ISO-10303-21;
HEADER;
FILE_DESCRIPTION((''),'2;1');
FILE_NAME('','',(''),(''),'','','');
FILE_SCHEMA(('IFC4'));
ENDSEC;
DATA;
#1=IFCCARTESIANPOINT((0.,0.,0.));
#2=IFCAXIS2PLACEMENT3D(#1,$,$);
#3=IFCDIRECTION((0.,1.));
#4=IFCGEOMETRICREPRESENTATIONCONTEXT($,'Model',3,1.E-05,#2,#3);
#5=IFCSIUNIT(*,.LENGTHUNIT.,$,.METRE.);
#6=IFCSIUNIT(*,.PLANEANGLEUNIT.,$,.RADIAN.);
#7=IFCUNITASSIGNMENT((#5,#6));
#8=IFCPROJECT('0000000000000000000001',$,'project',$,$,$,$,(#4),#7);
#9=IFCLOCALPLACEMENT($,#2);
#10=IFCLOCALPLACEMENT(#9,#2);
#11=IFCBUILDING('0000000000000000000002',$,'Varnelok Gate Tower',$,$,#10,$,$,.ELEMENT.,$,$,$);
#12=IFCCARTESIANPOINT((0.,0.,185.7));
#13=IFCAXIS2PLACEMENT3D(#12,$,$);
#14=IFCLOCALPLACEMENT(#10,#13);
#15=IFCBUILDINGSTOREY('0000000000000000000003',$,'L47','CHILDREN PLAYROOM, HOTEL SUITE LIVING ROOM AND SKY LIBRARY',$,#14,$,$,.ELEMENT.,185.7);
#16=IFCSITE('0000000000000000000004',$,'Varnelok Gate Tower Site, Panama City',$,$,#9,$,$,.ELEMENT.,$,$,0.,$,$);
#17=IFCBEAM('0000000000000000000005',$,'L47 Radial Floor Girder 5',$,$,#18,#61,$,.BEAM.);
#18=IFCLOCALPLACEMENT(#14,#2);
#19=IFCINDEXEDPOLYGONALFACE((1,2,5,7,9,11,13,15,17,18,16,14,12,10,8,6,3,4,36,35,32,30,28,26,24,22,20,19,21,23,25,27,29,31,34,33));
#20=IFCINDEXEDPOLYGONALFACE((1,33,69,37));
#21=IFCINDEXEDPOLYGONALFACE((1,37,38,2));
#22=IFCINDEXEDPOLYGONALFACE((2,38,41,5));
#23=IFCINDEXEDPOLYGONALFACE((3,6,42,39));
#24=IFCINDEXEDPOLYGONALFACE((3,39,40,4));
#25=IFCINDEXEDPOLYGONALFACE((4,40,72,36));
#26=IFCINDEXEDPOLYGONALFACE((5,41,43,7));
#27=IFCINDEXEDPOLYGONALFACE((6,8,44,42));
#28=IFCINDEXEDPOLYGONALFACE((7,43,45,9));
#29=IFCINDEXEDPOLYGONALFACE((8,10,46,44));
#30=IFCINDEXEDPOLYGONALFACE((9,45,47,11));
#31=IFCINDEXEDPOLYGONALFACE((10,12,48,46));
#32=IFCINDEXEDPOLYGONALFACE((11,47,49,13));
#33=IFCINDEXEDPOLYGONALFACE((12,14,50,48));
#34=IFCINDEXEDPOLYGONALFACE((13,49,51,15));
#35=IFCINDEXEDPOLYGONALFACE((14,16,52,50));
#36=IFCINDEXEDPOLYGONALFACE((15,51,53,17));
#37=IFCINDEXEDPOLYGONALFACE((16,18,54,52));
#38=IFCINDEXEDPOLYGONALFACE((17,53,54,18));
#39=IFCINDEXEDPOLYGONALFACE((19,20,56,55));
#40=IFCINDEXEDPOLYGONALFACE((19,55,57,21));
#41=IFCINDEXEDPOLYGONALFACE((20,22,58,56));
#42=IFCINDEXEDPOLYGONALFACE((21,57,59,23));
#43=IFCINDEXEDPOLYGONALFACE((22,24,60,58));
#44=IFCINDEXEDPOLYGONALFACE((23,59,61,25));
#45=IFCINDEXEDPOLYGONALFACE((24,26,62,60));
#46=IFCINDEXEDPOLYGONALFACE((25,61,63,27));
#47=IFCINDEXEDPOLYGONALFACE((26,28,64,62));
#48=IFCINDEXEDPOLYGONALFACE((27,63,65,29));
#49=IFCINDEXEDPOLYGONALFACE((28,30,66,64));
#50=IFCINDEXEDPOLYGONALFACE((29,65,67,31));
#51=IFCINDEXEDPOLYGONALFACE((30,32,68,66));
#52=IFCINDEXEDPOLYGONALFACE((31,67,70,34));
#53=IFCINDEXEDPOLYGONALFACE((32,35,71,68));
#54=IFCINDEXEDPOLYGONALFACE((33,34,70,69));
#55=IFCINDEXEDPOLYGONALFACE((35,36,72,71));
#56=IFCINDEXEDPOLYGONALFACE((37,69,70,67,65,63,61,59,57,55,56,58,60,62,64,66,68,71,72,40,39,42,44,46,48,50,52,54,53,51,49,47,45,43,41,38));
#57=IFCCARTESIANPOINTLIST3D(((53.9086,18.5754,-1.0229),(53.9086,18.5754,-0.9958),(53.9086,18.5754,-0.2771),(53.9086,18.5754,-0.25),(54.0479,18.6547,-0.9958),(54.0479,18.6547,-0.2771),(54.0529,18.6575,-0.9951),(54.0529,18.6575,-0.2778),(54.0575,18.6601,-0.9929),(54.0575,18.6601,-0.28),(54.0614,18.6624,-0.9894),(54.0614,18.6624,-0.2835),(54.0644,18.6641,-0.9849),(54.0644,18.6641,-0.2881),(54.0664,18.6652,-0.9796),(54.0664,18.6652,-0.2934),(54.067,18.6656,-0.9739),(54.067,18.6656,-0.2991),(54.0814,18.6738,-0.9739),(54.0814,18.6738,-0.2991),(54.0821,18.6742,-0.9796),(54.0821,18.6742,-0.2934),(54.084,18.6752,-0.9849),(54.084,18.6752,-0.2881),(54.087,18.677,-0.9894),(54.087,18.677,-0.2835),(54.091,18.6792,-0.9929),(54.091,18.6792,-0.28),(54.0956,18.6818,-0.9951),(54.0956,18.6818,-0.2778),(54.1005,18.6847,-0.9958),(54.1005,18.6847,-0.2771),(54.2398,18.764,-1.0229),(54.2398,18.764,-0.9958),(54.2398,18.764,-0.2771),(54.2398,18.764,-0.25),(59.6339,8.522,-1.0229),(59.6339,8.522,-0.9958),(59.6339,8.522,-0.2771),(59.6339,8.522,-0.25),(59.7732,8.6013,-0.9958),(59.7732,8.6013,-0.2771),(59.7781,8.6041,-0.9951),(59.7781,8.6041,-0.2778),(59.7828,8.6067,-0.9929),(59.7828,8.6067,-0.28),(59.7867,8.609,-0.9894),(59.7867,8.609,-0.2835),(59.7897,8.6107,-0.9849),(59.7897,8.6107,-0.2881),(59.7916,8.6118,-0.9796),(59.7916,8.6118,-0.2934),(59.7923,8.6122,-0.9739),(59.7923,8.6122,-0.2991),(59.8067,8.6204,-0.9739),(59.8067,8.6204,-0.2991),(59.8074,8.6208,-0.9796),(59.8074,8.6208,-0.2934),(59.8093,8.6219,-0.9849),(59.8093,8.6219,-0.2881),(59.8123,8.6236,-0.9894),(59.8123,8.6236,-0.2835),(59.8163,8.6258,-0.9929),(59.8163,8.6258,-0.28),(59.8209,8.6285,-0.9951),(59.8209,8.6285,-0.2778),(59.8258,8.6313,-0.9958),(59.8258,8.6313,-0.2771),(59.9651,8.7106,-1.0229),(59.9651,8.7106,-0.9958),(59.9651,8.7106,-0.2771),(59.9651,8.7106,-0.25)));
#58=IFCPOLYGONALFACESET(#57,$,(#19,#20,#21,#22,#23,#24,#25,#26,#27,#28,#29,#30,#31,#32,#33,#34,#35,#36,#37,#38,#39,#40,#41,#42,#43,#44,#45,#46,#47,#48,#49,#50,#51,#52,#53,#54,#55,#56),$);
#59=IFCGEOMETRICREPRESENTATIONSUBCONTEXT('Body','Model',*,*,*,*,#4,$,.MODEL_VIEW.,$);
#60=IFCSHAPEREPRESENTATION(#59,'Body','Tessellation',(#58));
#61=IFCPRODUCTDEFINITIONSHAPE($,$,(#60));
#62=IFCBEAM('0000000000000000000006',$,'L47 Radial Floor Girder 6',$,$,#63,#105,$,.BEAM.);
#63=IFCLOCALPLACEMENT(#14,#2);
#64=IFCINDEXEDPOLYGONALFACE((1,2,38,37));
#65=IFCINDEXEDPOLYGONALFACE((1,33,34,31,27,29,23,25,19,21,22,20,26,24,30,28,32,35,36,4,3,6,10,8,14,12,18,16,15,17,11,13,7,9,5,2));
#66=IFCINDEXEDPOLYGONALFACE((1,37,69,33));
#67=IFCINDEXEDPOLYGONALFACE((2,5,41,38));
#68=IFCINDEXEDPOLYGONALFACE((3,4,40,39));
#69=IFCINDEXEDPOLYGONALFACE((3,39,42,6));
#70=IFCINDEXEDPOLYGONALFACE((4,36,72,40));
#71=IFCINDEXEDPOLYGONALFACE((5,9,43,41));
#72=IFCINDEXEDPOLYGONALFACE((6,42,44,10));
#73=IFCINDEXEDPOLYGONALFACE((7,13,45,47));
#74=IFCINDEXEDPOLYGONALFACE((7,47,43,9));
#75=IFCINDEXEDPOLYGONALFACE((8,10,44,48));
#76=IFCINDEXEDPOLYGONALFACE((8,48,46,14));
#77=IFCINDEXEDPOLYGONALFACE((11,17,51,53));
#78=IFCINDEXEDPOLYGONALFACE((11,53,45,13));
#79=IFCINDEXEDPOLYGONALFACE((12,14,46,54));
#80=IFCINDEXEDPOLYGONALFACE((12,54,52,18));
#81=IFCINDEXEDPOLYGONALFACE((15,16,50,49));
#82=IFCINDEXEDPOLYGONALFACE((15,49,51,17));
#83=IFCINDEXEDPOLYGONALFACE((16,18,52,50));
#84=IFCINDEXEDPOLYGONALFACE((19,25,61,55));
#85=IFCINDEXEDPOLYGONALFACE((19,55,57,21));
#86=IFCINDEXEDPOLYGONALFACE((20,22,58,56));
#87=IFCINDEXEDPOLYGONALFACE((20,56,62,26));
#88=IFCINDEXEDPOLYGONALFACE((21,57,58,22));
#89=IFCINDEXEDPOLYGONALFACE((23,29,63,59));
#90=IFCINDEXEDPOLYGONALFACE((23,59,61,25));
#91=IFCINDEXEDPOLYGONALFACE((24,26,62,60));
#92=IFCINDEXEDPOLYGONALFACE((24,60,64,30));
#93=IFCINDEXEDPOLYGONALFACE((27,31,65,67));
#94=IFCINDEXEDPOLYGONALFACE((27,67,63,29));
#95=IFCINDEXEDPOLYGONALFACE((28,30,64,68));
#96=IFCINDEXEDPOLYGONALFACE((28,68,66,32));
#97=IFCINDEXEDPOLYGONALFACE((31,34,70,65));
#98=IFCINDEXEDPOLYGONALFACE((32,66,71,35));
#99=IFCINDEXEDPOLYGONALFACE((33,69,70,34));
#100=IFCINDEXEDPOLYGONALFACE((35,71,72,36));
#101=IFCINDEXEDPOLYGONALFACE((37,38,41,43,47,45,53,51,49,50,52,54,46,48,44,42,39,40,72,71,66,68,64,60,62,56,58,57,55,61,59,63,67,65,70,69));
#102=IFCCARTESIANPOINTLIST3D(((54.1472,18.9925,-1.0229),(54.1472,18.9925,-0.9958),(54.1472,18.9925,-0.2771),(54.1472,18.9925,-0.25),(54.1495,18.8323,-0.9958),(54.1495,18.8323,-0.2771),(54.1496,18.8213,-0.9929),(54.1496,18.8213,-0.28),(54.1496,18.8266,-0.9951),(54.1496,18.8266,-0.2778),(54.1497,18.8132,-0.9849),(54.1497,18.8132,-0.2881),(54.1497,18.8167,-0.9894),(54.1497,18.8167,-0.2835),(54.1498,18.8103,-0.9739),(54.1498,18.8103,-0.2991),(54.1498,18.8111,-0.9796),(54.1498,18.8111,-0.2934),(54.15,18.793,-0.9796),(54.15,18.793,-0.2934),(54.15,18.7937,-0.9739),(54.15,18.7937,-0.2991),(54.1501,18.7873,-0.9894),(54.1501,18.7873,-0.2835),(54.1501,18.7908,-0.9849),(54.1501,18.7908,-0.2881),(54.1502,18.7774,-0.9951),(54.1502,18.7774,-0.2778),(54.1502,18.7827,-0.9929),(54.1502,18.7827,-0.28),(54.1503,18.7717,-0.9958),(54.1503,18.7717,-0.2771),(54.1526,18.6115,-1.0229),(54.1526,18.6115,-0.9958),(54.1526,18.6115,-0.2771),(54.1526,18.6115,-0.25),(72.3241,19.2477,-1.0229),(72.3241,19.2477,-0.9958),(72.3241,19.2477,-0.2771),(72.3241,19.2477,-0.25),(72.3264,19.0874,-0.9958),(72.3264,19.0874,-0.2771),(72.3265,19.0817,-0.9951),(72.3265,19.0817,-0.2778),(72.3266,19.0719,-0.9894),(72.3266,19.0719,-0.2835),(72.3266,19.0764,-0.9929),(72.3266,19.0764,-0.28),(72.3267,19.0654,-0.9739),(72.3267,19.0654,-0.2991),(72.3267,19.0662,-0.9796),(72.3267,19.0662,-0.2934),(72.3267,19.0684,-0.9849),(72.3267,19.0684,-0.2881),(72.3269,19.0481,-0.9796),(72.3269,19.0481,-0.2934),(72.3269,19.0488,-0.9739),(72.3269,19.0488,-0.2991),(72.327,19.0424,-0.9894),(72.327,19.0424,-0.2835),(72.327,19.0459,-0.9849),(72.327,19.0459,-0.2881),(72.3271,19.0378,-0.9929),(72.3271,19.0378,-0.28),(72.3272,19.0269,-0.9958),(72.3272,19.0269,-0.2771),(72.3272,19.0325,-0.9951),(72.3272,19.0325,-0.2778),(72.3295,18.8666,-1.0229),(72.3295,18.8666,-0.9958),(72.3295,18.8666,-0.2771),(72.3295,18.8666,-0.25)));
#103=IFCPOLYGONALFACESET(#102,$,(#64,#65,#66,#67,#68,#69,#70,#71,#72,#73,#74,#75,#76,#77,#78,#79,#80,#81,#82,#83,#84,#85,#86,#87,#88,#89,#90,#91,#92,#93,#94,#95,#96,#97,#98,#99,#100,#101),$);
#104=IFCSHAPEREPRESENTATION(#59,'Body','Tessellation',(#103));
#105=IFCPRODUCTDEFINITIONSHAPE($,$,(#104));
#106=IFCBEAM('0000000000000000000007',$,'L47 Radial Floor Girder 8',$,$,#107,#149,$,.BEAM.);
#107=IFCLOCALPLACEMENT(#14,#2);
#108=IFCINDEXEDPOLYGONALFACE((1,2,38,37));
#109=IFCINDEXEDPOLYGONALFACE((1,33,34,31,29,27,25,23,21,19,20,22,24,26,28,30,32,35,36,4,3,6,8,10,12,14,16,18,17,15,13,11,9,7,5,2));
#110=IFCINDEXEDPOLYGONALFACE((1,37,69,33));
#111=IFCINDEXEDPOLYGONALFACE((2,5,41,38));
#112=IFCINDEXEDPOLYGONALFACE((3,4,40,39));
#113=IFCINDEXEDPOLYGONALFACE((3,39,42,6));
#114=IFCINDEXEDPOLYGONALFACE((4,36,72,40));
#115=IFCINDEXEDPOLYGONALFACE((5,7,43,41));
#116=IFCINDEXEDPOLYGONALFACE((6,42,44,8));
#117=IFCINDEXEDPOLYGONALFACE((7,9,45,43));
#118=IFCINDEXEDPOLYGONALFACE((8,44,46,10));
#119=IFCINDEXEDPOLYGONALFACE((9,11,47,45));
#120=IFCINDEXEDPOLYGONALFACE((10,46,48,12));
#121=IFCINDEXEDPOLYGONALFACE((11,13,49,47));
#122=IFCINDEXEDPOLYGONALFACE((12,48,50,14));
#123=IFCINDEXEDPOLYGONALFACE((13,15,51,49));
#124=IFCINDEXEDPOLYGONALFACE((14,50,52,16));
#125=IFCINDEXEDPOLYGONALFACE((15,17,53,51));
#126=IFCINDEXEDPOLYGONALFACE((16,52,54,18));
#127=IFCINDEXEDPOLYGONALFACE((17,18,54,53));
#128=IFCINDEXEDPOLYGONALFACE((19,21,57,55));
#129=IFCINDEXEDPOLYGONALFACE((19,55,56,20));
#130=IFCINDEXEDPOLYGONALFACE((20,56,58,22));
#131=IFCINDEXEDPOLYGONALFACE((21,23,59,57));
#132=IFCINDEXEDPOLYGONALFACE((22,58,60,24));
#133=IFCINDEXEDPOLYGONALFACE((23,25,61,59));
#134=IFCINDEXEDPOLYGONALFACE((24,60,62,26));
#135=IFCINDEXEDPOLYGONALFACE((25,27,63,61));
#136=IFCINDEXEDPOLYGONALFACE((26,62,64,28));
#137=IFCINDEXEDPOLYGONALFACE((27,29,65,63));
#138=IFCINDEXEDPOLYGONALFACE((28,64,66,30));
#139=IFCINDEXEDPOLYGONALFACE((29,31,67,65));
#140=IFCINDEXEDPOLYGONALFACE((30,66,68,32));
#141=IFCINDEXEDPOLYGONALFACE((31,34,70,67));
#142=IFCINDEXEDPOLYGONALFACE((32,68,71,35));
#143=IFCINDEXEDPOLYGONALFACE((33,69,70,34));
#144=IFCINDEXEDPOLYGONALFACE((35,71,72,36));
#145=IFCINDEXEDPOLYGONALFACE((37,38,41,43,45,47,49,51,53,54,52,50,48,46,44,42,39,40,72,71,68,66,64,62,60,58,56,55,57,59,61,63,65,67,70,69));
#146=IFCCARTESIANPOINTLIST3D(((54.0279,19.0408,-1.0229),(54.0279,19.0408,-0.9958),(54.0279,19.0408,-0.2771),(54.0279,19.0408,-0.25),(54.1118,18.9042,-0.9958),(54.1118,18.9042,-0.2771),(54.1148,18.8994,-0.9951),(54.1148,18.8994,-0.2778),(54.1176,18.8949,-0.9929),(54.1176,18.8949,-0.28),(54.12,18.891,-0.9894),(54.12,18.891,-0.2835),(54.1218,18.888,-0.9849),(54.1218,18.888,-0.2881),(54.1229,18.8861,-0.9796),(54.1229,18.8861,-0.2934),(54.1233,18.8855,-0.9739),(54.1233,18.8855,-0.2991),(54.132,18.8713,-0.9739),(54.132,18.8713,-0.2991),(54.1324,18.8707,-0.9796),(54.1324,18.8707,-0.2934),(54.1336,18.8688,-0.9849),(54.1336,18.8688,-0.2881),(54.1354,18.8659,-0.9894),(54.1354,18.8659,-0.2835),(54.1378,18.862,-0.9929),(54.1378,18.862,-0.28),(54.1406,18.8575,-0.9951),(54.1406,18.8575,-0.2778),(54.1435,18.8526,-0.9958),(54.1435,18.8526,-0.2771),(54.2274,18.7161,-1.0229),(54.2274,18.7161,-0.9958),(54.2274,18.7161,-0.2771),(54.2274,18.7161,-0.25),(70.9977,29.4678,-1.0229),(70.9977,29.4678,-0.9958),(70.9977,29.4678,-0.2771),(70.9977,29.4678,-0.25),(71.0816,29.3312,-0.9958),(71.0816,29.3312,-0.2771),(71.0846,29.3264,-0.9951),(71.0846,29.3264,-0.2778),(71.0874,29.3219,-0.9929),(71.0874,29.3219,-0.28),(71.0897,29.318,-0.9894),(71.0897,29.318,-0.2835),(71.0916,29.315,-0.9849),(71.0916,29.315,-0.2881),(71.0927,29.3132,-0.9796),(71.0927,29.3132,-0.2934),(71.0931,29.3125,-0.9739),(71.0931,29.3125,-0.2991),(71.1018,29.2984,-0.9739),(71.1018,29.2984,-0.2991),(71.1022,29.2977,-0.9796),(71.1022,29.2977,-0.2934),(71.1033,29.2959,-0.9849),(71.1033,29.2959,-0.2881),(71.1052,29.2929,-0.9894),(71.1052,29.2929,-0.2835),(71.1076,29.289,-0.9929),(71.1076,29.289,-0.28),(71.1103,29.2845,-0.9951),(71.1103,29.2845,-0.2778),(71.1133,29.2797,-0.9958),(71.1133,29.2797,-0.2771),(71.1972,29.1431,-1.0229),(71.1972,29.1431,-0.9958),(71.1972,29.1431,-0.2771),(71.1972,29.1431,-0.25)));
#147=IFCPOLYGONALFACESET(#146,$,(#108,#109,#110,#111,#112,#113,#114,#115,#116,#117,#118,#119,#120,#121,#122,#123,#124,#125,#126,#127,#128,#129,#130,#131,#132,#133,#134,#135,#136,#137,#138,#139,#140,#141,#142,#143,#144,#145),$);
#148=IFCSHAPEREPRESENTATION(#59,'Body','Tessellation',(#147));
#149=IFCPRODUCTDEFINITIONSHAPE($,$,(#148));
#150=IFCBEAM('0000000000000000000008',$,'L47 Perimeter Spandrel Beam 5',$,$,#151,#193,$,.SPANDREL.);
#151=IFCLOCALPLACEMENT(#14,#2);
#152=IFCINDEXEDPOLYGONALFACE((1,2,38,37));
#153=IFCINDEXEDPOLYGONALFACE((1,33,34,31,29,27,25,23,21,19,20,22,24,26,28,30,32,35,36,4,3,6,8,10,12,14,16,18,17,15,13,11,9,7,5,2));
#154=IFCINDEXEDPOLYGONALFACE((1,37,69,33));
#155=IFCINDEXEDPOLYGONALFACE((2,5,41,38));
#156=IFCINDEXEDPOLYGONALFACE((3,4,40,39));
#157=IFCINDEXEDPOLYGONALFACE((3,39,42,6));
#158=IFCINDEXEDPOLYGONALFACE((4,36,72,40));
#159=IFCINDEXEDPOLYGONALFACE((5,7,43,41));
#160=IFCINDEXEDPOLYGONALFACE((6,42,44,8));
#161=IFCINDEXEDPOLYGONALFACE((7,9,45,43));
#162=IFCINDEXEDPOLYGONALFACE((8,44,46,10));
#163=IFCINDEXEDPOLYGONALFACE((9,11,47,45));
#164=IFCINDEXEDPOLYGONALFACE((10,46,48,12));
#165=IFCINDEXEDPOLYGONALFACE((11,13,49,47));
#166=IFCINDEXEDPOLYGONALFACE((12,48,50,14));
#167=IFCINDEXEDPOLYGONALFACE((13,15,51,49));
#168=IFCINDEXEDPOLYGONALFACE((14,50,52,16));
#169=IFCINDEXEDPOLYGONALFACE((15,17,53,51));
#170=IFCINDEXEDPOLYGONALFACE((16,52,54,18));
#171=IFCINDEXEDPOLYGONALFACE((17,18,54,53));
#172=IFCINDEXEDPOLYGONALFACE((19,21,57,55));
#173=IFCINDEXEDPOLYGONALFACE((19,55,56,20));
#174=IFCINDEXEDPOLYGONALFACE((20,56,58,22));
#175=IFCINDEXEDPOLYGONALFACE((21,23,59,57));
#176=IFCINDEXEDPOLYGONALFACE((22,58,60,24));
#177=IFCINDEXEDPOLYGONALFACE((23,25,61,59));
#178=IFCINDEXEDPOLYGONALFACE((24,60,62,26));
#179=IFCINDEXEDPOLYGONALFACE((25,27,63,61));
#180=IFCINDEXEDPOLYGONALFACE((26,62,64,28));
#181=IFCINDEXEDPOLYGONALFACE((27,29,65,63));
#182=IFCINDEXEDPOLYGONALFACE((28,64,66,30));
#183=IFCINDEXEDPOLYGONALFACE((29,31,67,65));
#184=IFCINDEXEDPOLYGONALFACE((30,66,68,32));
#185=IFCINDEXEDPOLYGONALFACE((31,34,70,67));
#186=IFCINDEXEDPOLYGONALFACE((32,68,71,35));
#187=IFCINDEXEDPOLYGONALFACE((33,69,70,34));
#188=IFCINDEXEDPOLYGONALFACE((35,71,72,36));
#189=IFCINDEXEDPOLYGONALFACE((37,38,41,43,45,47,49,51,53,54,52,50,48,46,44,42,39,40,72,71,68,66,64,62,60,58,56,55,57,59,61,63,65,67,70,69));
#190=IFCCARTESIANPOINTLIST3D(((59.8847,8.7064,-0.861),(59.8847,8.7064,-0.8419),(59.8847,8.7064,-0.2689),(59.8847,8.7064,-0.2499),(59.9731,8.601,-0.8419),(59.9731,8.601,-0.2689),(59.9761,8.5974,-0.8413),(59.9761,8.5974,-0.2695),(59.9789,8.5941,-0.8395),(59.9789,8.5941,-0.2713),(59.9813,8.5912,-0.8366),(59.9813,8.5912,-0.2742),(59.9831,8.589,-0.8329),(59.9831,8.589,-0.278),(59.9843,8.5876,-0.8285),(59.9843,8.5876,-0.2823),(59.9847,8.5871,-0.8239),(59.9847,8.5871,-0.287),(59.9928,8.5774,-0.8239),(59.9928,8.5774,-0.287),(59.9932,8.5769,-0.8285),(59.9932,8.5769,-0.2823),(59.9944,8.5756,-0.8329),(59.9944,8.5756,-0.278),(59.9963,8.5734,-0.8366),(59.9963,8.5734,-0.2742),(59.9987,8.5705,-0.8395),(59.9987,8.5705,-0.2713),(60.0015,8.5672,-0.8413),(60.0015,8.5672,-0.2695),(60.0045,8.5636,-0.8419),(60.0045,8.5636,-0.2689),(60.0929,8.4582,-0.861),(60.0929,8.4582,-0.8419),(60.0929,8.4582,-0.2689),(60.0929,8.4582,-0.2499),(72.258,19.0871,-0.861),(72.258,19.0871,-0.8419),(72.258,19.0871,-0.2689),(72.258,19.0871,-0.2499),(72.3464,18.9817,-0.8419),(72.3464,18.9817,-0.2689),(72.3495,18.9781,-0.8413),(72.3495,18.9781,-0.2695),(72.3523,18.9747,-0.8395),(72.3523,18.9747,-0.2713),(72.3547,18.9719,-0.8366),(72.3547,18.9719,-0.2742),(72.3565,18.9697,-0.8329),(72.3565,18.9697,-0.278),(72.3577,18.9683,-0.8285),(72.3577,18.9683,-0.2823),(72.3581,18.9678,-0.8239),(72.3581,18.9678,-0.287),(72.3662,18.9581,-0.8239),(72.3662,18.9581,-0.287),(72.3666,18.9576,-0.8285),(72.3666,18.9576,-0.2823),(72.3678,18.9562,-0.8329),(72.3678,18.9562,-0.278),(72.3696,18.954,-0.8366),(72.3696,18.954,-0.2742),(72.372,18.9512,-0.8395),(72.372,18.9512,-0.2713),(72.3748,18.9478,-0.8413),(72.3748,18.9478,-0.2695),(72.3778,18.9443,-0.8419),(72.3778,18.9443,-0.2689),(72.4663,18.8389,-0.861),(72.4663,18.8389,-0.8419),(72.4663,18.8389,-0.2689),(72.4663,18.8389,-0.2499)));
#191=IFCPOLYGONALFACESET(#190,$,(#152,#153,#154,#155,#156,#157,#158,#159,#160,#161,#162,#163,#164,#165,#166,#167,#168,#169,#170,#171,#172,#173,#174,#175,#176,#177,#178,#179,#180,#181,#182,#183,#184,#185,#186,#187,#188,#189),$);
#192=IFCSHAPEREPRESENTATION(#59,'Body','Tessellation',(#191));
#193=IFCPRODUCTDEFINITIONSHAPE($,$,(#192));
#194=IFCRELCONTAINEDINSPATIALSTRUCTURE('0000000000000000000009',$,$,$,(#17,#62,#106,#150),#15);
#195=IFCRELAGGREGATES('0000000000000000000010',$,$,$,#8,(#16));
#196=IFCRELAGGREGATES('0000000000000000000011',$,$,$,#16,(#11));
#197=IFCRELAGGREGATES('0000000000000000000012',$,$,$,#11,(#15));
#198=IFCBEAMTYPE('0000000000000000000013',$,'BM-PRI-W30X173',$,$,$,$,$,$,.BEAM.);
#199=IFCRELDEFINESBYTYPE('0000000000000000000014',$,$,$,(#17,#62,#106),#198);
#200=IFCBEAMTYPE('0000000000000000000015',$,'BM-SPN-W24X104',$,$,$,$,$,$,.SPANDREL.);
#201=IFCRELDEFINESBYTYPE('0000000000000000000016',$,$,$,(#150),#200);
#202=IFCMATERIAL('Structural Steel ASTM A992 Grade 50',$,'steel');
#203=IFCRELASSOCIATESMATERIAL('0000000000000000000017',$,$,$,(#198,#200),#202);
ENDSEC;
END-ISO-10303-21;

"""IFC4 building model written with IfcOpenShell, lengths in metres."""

from ifc_helpers import new_model, si_unit, direction, frame, origin, origin_2d, place, context, subcontext, project, spatial, i_section, extrude, material, material_profile, profile_set, type_object, element, save


model = new_model("IFC4")

# Units and contexts
model_context = context("Model", 3, precision=1e-05, world=origin(), true_north=direction((0.0, 1.0)))
body_context = subcontext(model_context, "Body", "Model", "MODEL_VIEW")
ifc_project = project(units=[si_unit("LENGTHUNIT", "METRE"), si_unit("PLANEANGLEUNIT", "RADIAN")], contexts=[model_context])

# Site, building, storey
site_placement = place(None, origin())
site = spatial("IfcSite", under=ifc_project, at=site_placement, Name="Varnelok Gate Tower Site, Panama City", CompositionType="ELEMENT", RefElevation=0.0)
building_placement = place(site_placement, origin())
building = spatial("IfcBuilding", under=site, at=building_placement, Name="Varnelok Gate Tower", CompositionType="ELEMENT")
storey_placement = place(building_placement, frame((0.0, 0.0, 185.7)))
storey = spatial("IfcBuildingStorey", under=building, at=storey_placement, Name="L47", Description="CHILDREN PLAYROOM, HOTEL SUITE LIVING ROOM AND SKY LIBRARY", CompositionType="ELEMENT", Elevation=185.7)

# Shared definitions
ifc_material_1 = material(Name="Structural Steel ASTM A992 Grade 50", Category="steel")

# Beams
ifc_material_profile_1 = material_profile(ifc_material_1, i_section(OverallWidth=0.3811, OverallDepth=0.7729, WebThickness=0.0166, FlangeThickness=0.0271, FilletRadius=0.022, at=origin_2d()), Name="W30X173")
ifc_profile_set_1 = profile_set([ifc_material_profile_1], Name="Structural Steel ASTM A992 Grade 50")
beam_type_1 = type_object("IfcBeamType", Name="BM-PRI-W30X173", PredefinedType="BEAM", material=ifc_profile_set_1)
beam_1_placement = place(storey_placement, frame((54.0742, 18.6697, -0.6365), z_axis=(0.494868, -0.868968, 0.0), x_axis=(0.868968, 0.494868, 0.0)))
element("IfcBeam", 1, at=beam_1_placement, inside=storey, type_object=beam_type_1, Name="L47 Radial Floor Girder 5", PredefinedType="BEAM", context=body_context, shape_type="SweptSolid", body=[
    extrude(i_section(OverallWidth=0.3811, OverallDepth=0.7729, WebThickness=0.0166, FlangeThickness=0.0271, FilletRadius=0.022, at=origin_2d()), origin(), (0.0, 0.0, 1.0), 11.5693),
])
beam_2_placement = place(storey_placement, frame((54.1499, 18.802, -0.6365), z_axis=(0.999902, 0.014034, 0.0), x_axis=(-0.014034, 0.999902, 0.0)))
element("IfcBeam", 2, at=beam_2_placement, inside=storey, type_object=beam_type_1, Name="L47 Radial Floor Girder 6", PredefinedType="BEAM", context=body_context, shape_type="SweptSolid", body=[
    extrude(i_section(OverallWidth=0.3811, OverallDepth=0.7729, WebThickness=0.0166, FlangeThickness=0.0271, FilletRadius=0.022, at=origin_2d()), origin(), (0.0, 0.0, 1.0), 18.1787),
])
beam_3_placement = place(storey_placement, frame((54.1277, 18.8784, -0.6365), z_axis=(0.852015, 0.523518, 0.0), x_axis=(-0.523518, 0.852015, 0.0)))
element("IfcBeam", 3, at=beam_3_placement, inside=storey, type_object=beam_type_1, Name="L47 Radial Floor Girder 8", PredefinedType="BEAM", context=body_context, shape_type="SweptSolid", body=[
    extrude(i_section(OverallWidth=0.3811, OverallDepth=0.7729, WebThickness=0.0166, FlangeThickness=0.0271, FilletRadius=0.022, at=origin_2d()), origin(), (0.0, 0.0, 1.0), 19.9172),
])
ifc_material_profile_2 = material_profile(ifc_material_1, i_section(OverallWidth=0.324, OverallDepth=0.6111, WebThickness=0.0127, FlangeThickness=0.019, FilletRadius=0.0181, at=origin_2d()), Name="W24X104")
ifc_profile_set_2 = profile_set([ifc_material_profile_2], Name="Structural Steel ASTM A992 Grade 50")
beam_type_2 = type_object("IfcBeamType", Name="BM-SPN-W24X104", PredefinedType="SPANDREL", material=ifc_profile_set_2)
beam_4_placement = place(storey_placement, frame((59.9888, 8.5823, -0.5554), z_axis=(0.7661, 0.642722, 0.0), x_axis=(-0.642722, 0.7661, 0.0)))
element("IfcBeam", 4, at=beam_4_placement, inside=storey, type_object=beam_type_2, Name="L47 Perimeter Spandrel Beam 5", PredefinedType="SPANDREL", context=body_context, shape_type="SweptSolid", body=[
    extrude(i_section(OverallWidth=0.324, OverallDepth=0.6111, WebThickness=0.0127, FlangeThickness=0.019, FilletRadius=0.0181, at=origin_2d()), origin(), (0.0, 0.0, 1.0), 16.1511),
])

save(model, "model.ifc")
